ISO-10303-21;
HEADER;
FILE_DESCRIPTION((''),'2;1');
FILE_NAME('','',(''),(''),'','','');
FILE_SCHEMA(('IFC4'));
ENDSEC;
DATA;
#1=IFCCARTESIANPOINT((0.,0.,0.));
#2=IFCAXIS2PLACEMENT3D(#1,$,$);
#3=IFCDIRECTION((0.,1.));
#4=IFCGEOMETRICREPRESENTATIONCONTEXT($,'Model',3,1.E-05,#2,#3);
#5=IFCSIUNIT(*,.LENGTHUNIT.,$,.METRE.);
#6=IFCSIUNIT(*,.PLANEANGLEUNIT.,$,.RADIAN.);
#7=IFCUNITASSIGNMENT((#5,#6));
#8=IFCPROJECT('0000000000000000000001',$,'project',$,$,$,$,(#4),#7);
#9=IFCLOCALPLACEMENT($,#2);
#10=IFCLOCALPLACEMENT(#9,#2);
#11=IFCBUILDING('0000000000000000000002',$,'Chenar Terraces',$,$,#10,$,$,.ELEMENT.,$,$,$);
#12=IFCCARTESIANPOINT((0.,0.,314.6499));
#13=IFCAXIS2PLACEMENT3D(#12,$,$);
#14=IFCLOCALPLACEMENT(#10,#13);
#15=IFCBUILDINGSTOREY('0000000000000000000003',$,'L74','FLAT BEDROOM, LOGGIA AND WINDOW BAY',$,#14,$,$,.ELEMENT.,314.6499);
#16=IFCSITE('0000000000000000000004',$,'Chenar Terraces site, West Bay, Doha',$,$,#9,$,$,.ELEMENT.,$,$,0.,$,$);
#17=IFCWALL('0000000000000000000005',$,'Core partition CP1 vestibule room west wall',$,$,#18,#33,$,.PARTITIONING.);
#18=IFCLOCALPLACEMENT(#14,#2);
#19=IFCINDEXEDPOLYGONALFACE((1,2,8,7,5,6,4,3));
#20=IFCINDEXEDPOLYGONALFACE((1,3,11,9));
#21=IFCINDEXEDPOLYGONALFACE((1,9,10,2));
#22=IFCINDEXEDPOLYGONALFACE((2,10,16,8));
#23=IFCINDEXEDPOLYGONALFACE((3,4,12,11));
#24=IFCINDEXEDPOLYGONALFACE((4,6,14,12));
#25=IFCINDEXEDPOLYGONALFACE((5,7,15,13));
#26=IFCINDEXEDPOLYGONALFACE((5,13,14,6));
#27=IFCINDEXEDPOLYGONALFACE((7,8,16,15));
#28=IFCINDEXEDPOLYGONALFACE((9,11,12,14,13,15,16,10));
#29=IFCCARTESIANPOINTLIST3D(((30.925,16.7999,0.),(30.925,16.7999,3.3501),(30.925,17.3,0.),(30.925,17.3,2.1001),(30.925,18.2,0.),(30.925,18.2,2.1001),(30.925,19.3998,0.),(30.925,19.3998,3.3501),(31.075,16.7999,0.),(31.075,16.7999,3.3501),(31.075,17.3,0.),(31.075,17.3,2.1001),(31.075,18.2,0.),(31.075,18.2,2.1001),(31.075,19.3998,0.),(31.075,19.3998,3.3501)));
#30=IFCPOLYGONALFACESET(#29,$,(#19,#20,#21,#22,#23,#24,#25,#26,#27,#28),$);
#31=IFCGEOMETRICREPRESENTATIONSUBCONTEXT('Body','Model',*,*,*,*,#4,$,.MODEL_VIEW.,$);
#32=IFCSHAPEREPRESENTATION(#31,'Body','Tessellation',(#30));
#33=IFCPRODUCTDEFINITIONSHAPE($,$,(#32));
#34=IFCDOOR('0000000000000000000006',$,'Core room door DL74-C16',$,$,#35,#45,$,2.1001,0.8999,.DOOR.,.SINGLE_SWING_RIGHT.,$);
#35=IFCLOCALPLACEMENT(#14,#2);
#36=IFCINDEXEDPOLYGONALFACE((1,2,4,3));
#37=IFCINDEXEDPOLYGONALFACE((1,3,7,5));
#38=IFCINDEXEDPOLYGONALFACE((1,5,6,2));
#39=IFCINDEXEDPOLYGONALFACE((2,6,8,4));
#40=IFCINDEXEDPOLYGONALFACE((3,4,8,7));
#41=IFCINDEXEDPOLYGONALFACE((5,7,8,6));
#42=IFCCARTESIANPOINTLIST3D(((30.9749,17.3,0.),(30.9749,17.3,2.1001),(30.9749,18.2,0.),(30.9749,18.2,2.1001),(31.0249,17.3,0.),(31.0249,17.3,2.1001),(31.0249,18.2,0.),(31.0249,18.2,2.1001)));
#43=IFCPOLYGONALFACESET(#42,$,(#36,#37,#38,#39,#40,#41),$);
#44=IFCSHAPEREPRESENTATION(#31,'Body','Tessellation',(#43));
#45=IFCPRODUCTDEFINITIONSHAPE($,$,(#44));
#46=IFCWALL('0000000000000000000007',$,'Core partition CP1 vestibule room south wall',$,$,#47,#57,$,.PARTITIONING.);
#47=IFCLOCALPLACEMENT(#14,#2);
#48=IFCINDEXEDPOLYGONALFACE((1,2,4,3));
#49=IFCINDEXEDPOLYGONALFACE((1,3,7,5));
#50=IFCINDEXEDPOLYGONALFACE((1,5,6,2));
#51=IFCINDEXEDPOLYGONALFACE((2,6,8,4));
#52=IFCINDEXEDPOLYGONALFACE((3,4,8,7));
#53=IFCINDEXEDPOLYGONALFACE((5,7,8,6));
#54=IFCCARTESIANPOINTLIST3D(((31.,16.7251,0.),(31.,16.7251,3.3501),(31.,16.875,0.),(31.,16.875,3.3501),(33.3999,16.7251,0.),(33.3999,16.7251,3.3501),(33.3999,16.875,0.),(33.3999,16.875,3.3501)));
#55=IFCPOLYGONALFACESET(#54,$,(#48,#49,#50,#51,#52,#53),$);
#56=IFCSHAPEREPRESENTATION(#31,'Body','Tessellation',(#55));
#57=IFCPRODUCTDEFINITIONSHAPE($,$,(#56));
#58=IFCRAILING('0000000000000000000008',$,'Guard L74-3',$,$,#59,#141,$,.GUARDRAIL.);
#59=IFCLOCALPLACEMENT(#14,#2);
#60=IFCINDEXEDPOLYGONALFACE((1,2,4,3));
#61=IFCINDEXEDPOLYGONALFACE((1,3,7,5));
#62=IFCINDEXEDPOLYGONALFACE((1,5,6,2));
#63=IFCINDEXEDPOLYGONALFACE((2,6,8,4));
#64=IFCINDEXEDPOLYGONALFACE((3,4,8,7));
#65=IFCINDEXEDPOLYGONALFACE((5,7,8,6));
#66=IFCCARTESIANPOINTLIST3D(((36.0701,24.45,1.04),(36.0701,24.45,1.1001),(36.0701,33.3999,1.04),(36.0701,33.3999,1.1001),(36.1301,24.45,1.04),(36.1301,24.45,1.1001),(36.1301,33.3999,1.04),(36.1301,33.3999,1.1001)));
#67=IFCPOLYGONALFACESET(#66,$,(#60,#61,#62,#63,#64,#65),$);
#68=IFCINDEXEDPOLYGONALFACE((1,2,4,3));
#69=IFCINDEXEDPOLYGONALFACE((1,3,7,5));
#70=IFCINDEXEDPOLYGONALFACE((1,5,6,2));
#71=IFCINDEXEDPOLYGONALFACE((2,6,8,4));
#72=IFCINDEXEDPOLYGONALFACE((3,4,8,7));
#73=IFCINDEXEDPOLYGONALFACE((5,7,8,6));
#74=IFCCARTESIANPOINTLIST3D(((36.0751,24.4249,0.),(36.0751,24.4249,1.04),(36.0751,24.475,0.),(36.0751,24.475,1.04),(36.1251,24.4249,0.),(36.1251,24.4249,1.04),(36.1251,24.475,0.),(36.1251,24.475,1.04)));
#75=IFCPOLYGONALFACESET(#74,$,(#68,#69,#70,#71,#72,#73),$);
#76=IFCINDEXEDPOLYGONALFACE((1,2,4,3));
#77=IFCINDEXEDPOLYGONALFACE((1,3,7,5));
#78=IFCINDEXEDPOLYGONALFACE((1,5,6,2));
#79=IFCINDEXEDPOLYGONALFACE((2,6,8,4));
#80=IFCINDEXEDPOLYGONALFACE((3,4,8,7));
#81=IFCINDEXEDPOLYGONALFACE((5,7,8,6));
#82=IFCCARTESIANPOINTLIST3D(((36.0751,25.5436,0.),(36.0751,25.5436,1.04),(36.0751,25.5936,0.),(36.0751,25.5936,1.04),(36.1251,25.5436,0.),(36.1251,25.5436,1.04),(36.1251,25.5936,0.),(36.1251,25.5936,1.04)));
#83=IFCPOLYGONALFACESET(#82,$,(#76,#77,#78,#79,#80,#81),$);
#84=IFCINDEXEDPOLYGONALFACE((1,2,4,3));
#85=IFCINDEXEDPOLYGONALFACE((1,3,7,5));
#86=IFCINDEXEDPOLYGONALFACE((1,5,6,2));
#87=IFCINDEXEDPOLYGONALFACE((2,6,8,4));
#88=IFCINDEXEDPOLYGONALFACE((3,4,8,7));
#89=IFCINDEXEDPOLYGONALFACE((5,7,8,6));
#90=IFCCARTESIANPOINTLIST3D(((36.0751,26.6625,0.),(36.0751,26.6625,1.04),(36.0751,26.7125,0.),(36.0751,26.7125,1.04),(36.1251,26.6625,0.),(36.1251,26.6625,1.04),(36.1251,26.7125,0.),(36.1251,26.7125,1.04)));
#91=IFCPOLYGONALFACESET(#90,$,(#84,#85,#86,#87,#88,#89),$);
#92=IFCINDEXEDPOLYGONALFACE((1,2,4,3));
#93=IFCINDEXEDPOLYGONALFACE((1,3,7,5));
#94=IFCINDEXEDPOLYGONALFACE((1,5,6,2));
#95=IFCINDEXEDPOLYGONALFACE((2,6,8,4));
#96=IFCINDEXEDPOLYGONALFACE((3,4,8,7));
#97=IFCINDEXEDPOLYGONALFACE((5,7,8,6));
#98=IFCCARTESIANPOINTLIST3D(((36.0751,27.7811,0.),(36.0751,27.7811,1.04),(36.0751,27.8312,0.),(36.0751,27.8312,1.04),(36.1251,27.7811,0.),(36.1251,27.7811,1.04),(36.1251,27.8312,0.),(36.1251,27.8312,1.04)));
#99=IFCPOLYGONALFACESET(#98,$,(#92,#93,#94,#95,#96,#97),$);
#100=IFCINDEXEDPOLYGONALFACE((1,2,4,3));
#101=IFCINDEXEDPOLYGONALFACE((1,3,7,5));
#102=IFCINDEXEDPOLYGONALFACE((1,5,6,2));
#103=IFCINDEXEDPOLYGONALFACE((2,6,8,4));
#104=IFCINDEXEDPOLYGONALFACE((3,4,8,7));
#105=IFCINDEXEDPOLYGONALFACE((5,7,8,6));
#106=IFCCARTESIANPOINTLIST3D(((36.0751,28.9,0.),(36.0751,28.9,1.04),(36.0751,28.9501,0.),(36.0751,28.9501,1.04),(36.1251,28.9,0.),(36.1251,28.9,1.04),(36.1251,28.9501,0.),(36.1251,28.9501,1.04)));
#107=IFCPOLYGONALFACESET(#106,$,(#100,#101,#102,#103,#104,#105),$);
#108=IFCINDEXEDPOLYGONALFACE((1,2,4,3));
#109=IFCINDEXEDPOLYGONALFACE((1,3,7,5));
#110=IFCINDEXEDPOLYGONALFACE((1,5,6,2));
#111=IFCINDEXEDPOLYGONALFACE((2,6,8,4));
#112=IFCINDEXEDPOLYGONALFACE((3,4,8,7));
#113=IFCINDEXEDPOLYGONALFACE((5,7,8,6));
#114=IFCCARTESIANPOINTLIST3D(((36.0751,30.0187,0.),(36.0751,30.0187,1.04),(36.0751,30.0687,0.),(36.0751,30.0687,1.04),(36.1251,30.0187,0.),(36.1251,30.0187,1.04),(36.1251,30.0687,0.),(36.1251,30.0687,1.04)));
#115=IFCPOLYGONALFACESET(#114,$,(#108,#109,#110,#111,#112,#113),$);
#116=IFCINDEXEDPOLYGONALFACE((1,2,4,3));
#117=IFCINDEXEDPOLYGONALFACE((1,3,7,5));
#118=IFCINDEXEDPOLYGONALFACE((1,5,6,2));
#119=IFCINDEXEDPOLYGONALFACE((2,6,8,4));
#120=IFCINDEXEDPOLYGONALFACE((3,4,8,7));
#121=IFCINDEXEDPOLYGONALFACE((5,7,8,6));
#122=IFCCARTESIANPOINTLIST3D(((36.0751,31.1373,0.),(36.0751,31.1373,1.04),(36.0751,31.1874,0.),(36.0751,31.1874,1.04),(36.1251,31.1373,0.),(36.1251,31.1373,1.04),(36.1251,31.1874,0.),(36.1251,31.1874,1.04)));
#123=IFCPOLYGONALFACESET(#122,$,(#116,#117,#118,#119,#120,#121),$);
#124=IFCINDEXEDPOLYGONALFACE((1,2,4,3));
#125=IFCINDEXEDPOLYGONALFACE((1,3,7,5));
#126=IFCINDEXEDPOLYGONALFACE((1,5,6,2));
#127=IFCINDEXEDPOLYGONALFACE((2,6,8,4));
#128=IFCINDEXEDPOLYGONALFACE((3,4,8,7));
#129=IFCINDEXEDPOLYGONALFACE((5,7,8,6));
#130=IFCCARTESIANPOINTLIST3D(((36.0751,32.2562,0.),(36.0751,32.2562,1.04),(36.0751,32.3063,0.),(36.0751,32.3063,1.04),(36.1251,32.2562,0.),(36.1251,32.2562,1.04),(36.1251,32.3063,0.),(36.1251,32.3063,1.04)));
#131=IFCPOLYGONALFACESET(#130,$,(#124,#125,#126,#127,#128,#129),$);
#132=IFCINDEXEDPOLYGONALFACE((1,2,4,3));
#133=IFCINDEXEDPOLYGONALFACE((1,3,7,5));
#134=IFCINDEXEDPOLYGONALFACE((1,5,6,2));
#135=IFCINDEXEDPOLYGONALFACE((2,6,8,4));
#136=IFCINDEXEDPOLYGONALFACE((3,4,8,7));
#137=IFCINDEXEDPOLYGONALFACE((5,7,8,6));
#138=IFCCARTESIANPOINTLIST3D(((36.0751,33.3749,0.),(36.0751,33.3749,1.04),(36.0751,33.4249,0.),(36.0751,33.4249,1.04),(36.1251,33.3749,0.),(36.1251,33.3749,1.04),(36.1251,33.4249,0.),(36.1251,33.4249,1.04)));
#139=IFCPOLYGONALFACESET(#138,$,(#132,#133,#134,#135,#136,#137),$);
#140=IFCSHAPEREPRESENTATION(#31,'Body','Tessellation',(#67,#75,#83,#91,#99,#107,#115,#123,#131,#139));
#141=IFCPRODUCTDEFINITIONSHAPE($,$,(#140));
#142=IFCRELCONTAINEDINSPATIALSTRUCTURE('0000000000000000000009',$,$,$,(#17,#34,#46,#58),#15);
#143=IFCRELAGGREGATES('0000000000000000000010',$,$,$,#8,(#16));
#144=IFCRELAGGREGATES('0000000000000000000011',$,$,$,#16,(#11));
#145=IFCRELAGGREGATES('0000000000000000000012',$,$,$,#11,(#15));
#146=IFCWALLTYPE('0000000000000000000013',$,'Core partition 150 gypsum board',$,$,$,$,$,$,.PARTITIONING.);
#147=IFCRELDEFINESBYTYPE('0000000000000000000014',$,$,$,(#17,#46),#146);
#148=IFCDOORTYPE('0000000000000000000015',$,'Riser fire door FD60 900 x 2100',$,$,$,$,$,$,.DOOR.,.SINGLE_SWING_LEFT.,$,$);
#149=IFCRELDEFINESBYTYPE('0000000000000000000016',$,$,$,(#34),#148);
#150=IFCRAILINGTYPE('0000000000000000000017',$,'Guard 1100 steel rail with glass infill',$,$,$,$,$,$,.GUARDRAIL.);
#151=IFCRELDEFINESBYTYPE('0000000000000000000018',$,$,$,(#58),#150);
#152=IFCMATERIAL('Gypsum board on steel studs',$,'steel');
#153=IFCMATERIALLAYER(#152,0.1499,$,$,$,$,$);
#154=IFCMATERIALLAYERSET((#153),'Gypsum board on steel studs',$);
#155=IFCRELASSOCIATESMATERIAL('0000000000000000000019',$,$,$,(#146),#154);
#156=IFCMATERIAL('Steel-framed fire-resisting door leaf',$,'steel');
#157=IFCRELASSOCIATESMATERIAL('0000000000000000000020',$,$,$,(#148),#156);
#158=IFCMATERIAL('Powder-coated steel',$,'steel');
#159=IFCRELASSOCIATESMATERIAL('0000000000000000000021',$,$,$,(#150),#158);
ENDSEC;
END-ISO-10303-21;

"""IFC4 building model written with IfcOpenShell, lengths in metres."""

from ifc_helpers import new_model, si_unit, direction, frame, frame_2d, origin, origin_2d, place, context, subcontext, project, spatial, rectangle, extrude, material, layer, layer_set, type_object, element, fill, save


model = new_model("IFC4")

# Units and contexts
model_context = context("Model", 3, precision=1e-05, world=origin(), true_north=direction((0.0, 1.0)))
body_context = subcontext(model_context, "Body", "Model", "MODEL_VIEW")
ifc_project = project(units=[si_unit("LENGTHUNIT", "METRE"), si_unit("PLANEANGLEUNIT", "RADIAN")], contexts=[model_context])

# Site, building, storey
site_placement = place(None, origin())
site = spatial("IfcSite", under=ifc_project, at=site_placement, Name="Chenar Terraces site, West Bay, Doha", CompositionType="ELEMENT", RefElevation=0.0)
building_placement = place(site_placement, origin())
building = spatial("IfcBuilding", under=site, at=building_placement, Name="Chenar Terraces", CompositionType="ELEMENT")
storey_placement = place(building_placement, frame((0.0, 0.0, 314.6499)))
storey = spatial("IfcBuildingStorey", under=building, at=storey_placement, Name="L74", Description="FLAT BEDROOM, LOGGIA AND WINDOW BAY", CompositionType="ELEMENT", Elevation=314.6499)

# Wall, opening, door
ifc_material_1 = material(Name="Gypsum board on steel studs", Category="steel")
ifc_layer_1 = layer(ifc_material_1, 0.1499)
ifc_layer_set_1 = layer_set([ifc_layer_1], Name="Gypsum board on steel studs")
wall_type = type_object("IfcWallType", Name="Core partition 150 gypsum board", PredefinedType="PARTITIONING", material=ifc_layer_set_1)
wall_1_placement = place(storey_placement, frame((31.0, 16.8, 0.0), z_axis=(0.0, 0.0, 1.0), x_axis=(0.0, 1.0, 0.0)))
wall_1 = element("IfcWall", 1, at=wall_1_placement, inside=storey, type_object=wall_type, Name="Core partition CP1 vestibule room west wall", PredefinedType="PARTITIONING", context=body_context, shape_type="SweptSolid", body=[
    extrude(rectangle(XDim=2.5999, YDim=0.1499, at=frame_2d((1.2998, 0.0))), origin(), (0.0, 0.0, 1.0), 3.3501),
])
opening_placement = place(wall_1_placement, frame((0.5, 0.0, 0.0)))
opening = element("IfcOpeningElement", 2, at=opening_placement, cuts=wall_1, PredefinedType="OPENING", context=body_context, shape_type="SweptSolid", body=[
    extrude(rectangle(XDim=0.8999, YDim=2.1001, at=frame_2d((0.45, 1.05))), frame((0.0, 0.085, 0.0), z_axis=(0.0, -1.0, 0.0), x_axis=(1.0, 0.0, 0.0)), (0.0, 0.0, 1.0), 0.1699),
])
ifc_material_2 = material(Name="Steel-framed fire-resisting door leaf", Category="steel")
door_type = type_object("IfcDoorType", Name="Riser fire door FD60 900 x 2100", OperationType="SINGLE_SWING_LEFT", PredefinedType="DOOR", material=ifc_material_2)
door_placement = place(opening_placement, frame((0.8999, 0.0, 0.0), z_axis=(0.0, 0.0, 1.0), x_axis=(-1.0, 0.0, 0.0)))
door = element("IfcDoor", 3, at=door_placement, inside=storey, type_object=door_type, Name="Core room door DL74-C16", OperationType="SINGLE_SWING_RIGHT", OverallHeight=2.1001, OverallWidth=0.8999, PredefinedType="DOOR", context=body_context, shape_type="SweptSolid", body=[
    extrude(rectangle(XDim=0.8999, YDim=2.1001, at=frame_2d((0.45, 1.05))), frame((0.0, 0.0249, 0.0), z_axis=(0.0, -1.0, 0.0), x_axis=(1.0, 0.0, 0.0)), (0.0, 0.0, 1.0), 0.05),
])
fill(opening, door)

# Wall
wall_2_placement = place(storey_placement, frame((31.0, 16.8, 0.0), z_axis=(0.0, 0.0, 1.0), x_axis=(1.0, 0.0, 0.0)))
element("IfcWall", 4, at=wall_2_placement, inside=storey, type_object=wall_type, Name="Core partition CP1 vestibule room south wall", PredefinedType="PARTITIONING", context=body_context, shape_type="SweptSolid", body=[
    extrude(rectangle(XDim=2.3999, YDim=0.1499, at=frame_2d((1.2, 0.0))), origin(), (0.0, 0.0, 1.0), 3.3501),
])

# Railing
ifc_material_3 = material(Name="Powder-coated steel", Category="steel")
railing_type = type_object("IfcRailingType", Name="Guard 1100 steel rail with glass infill", PredefinedType="GUARDRAIL", material=ifc_material_3)
railing_placement = place(storey_placement, frame((36.1001, 24.45, 0.0)))
element("IfcRailing", 5, at=railing_placement, inside=storey, type_object=railing_type, Name="Guard L74-3", PredefinedType="GUARDRAIL", context=body_context, shape_type="SweptSolid", body=[
    extrude(rectangle(XDim=0.0601, YDim=0.0601, at=origin_2d()), frame((0.0, 0.0, 1.0701), z_axis=(0.0, 1.0, 0.0), x_axis=(-1.0, 0.0, 0.0)), (0.0, 0.0, 1.0), 8.95),
    extrude(rectangle(XDim=0.05, YDim=0.05, at=origin_2d()), origin(), (0.0, 0.0, 1.0), 1.04),
    extrude(rectangle(XDim=0.05, YDim=0.05, at=origin_2d()), frame((0.0, 1.1187, 0.0)), (0.0, 0.0, 1.0), 1.04),
    extrude(rectangle(XDim=0.05, YDim=0.05, at=origin_2d()), frame((0.0, 2.2375, 0.0)), (0.0, 0.0, 1.0), 1.04),
    extrude(rectangle(XDim=0.05, YDim=0.05, at=origin_2d()), frame((0.0, 3.3562, 0.0)), (0.0, 0.0, 1.0), 1.04),
    extrude(rectangle(XDim=0.05, YDim=0.05, at=origin_2d()), frame((0.0, 4.4751, 0.0)), (0.0, 0.0, 1.0), 1.04),
    extrude(rectangle(XDim=0.05, YDim=0.05, at=origin_2d()), frame((0.0, 5.5938, 0.0)), (0.0, 0.0, 1.0), 1.04),
    extrude(rectangle(XDim=0.05, YDim=0.05, at=origin_2d()), frame((0.0, 6.7124, 0.0)), (0.0, 0.0, 1.0), 1.04),
    extrude(rectangle(XDim=0.05, YDim=0.05, at=origin_2d()), frame((0.0, 7.8313, 0.0)), (0.0, 0.0, 1.0), 1.04),
    extrude(rectangle(XDim=0.05, YDim=0.05, at=origin_2d()), frame((0.0, 8.95, 0.0)), (0.0, 0.0, 1.0), 1.04),
])

save(model, "model.ifc")
